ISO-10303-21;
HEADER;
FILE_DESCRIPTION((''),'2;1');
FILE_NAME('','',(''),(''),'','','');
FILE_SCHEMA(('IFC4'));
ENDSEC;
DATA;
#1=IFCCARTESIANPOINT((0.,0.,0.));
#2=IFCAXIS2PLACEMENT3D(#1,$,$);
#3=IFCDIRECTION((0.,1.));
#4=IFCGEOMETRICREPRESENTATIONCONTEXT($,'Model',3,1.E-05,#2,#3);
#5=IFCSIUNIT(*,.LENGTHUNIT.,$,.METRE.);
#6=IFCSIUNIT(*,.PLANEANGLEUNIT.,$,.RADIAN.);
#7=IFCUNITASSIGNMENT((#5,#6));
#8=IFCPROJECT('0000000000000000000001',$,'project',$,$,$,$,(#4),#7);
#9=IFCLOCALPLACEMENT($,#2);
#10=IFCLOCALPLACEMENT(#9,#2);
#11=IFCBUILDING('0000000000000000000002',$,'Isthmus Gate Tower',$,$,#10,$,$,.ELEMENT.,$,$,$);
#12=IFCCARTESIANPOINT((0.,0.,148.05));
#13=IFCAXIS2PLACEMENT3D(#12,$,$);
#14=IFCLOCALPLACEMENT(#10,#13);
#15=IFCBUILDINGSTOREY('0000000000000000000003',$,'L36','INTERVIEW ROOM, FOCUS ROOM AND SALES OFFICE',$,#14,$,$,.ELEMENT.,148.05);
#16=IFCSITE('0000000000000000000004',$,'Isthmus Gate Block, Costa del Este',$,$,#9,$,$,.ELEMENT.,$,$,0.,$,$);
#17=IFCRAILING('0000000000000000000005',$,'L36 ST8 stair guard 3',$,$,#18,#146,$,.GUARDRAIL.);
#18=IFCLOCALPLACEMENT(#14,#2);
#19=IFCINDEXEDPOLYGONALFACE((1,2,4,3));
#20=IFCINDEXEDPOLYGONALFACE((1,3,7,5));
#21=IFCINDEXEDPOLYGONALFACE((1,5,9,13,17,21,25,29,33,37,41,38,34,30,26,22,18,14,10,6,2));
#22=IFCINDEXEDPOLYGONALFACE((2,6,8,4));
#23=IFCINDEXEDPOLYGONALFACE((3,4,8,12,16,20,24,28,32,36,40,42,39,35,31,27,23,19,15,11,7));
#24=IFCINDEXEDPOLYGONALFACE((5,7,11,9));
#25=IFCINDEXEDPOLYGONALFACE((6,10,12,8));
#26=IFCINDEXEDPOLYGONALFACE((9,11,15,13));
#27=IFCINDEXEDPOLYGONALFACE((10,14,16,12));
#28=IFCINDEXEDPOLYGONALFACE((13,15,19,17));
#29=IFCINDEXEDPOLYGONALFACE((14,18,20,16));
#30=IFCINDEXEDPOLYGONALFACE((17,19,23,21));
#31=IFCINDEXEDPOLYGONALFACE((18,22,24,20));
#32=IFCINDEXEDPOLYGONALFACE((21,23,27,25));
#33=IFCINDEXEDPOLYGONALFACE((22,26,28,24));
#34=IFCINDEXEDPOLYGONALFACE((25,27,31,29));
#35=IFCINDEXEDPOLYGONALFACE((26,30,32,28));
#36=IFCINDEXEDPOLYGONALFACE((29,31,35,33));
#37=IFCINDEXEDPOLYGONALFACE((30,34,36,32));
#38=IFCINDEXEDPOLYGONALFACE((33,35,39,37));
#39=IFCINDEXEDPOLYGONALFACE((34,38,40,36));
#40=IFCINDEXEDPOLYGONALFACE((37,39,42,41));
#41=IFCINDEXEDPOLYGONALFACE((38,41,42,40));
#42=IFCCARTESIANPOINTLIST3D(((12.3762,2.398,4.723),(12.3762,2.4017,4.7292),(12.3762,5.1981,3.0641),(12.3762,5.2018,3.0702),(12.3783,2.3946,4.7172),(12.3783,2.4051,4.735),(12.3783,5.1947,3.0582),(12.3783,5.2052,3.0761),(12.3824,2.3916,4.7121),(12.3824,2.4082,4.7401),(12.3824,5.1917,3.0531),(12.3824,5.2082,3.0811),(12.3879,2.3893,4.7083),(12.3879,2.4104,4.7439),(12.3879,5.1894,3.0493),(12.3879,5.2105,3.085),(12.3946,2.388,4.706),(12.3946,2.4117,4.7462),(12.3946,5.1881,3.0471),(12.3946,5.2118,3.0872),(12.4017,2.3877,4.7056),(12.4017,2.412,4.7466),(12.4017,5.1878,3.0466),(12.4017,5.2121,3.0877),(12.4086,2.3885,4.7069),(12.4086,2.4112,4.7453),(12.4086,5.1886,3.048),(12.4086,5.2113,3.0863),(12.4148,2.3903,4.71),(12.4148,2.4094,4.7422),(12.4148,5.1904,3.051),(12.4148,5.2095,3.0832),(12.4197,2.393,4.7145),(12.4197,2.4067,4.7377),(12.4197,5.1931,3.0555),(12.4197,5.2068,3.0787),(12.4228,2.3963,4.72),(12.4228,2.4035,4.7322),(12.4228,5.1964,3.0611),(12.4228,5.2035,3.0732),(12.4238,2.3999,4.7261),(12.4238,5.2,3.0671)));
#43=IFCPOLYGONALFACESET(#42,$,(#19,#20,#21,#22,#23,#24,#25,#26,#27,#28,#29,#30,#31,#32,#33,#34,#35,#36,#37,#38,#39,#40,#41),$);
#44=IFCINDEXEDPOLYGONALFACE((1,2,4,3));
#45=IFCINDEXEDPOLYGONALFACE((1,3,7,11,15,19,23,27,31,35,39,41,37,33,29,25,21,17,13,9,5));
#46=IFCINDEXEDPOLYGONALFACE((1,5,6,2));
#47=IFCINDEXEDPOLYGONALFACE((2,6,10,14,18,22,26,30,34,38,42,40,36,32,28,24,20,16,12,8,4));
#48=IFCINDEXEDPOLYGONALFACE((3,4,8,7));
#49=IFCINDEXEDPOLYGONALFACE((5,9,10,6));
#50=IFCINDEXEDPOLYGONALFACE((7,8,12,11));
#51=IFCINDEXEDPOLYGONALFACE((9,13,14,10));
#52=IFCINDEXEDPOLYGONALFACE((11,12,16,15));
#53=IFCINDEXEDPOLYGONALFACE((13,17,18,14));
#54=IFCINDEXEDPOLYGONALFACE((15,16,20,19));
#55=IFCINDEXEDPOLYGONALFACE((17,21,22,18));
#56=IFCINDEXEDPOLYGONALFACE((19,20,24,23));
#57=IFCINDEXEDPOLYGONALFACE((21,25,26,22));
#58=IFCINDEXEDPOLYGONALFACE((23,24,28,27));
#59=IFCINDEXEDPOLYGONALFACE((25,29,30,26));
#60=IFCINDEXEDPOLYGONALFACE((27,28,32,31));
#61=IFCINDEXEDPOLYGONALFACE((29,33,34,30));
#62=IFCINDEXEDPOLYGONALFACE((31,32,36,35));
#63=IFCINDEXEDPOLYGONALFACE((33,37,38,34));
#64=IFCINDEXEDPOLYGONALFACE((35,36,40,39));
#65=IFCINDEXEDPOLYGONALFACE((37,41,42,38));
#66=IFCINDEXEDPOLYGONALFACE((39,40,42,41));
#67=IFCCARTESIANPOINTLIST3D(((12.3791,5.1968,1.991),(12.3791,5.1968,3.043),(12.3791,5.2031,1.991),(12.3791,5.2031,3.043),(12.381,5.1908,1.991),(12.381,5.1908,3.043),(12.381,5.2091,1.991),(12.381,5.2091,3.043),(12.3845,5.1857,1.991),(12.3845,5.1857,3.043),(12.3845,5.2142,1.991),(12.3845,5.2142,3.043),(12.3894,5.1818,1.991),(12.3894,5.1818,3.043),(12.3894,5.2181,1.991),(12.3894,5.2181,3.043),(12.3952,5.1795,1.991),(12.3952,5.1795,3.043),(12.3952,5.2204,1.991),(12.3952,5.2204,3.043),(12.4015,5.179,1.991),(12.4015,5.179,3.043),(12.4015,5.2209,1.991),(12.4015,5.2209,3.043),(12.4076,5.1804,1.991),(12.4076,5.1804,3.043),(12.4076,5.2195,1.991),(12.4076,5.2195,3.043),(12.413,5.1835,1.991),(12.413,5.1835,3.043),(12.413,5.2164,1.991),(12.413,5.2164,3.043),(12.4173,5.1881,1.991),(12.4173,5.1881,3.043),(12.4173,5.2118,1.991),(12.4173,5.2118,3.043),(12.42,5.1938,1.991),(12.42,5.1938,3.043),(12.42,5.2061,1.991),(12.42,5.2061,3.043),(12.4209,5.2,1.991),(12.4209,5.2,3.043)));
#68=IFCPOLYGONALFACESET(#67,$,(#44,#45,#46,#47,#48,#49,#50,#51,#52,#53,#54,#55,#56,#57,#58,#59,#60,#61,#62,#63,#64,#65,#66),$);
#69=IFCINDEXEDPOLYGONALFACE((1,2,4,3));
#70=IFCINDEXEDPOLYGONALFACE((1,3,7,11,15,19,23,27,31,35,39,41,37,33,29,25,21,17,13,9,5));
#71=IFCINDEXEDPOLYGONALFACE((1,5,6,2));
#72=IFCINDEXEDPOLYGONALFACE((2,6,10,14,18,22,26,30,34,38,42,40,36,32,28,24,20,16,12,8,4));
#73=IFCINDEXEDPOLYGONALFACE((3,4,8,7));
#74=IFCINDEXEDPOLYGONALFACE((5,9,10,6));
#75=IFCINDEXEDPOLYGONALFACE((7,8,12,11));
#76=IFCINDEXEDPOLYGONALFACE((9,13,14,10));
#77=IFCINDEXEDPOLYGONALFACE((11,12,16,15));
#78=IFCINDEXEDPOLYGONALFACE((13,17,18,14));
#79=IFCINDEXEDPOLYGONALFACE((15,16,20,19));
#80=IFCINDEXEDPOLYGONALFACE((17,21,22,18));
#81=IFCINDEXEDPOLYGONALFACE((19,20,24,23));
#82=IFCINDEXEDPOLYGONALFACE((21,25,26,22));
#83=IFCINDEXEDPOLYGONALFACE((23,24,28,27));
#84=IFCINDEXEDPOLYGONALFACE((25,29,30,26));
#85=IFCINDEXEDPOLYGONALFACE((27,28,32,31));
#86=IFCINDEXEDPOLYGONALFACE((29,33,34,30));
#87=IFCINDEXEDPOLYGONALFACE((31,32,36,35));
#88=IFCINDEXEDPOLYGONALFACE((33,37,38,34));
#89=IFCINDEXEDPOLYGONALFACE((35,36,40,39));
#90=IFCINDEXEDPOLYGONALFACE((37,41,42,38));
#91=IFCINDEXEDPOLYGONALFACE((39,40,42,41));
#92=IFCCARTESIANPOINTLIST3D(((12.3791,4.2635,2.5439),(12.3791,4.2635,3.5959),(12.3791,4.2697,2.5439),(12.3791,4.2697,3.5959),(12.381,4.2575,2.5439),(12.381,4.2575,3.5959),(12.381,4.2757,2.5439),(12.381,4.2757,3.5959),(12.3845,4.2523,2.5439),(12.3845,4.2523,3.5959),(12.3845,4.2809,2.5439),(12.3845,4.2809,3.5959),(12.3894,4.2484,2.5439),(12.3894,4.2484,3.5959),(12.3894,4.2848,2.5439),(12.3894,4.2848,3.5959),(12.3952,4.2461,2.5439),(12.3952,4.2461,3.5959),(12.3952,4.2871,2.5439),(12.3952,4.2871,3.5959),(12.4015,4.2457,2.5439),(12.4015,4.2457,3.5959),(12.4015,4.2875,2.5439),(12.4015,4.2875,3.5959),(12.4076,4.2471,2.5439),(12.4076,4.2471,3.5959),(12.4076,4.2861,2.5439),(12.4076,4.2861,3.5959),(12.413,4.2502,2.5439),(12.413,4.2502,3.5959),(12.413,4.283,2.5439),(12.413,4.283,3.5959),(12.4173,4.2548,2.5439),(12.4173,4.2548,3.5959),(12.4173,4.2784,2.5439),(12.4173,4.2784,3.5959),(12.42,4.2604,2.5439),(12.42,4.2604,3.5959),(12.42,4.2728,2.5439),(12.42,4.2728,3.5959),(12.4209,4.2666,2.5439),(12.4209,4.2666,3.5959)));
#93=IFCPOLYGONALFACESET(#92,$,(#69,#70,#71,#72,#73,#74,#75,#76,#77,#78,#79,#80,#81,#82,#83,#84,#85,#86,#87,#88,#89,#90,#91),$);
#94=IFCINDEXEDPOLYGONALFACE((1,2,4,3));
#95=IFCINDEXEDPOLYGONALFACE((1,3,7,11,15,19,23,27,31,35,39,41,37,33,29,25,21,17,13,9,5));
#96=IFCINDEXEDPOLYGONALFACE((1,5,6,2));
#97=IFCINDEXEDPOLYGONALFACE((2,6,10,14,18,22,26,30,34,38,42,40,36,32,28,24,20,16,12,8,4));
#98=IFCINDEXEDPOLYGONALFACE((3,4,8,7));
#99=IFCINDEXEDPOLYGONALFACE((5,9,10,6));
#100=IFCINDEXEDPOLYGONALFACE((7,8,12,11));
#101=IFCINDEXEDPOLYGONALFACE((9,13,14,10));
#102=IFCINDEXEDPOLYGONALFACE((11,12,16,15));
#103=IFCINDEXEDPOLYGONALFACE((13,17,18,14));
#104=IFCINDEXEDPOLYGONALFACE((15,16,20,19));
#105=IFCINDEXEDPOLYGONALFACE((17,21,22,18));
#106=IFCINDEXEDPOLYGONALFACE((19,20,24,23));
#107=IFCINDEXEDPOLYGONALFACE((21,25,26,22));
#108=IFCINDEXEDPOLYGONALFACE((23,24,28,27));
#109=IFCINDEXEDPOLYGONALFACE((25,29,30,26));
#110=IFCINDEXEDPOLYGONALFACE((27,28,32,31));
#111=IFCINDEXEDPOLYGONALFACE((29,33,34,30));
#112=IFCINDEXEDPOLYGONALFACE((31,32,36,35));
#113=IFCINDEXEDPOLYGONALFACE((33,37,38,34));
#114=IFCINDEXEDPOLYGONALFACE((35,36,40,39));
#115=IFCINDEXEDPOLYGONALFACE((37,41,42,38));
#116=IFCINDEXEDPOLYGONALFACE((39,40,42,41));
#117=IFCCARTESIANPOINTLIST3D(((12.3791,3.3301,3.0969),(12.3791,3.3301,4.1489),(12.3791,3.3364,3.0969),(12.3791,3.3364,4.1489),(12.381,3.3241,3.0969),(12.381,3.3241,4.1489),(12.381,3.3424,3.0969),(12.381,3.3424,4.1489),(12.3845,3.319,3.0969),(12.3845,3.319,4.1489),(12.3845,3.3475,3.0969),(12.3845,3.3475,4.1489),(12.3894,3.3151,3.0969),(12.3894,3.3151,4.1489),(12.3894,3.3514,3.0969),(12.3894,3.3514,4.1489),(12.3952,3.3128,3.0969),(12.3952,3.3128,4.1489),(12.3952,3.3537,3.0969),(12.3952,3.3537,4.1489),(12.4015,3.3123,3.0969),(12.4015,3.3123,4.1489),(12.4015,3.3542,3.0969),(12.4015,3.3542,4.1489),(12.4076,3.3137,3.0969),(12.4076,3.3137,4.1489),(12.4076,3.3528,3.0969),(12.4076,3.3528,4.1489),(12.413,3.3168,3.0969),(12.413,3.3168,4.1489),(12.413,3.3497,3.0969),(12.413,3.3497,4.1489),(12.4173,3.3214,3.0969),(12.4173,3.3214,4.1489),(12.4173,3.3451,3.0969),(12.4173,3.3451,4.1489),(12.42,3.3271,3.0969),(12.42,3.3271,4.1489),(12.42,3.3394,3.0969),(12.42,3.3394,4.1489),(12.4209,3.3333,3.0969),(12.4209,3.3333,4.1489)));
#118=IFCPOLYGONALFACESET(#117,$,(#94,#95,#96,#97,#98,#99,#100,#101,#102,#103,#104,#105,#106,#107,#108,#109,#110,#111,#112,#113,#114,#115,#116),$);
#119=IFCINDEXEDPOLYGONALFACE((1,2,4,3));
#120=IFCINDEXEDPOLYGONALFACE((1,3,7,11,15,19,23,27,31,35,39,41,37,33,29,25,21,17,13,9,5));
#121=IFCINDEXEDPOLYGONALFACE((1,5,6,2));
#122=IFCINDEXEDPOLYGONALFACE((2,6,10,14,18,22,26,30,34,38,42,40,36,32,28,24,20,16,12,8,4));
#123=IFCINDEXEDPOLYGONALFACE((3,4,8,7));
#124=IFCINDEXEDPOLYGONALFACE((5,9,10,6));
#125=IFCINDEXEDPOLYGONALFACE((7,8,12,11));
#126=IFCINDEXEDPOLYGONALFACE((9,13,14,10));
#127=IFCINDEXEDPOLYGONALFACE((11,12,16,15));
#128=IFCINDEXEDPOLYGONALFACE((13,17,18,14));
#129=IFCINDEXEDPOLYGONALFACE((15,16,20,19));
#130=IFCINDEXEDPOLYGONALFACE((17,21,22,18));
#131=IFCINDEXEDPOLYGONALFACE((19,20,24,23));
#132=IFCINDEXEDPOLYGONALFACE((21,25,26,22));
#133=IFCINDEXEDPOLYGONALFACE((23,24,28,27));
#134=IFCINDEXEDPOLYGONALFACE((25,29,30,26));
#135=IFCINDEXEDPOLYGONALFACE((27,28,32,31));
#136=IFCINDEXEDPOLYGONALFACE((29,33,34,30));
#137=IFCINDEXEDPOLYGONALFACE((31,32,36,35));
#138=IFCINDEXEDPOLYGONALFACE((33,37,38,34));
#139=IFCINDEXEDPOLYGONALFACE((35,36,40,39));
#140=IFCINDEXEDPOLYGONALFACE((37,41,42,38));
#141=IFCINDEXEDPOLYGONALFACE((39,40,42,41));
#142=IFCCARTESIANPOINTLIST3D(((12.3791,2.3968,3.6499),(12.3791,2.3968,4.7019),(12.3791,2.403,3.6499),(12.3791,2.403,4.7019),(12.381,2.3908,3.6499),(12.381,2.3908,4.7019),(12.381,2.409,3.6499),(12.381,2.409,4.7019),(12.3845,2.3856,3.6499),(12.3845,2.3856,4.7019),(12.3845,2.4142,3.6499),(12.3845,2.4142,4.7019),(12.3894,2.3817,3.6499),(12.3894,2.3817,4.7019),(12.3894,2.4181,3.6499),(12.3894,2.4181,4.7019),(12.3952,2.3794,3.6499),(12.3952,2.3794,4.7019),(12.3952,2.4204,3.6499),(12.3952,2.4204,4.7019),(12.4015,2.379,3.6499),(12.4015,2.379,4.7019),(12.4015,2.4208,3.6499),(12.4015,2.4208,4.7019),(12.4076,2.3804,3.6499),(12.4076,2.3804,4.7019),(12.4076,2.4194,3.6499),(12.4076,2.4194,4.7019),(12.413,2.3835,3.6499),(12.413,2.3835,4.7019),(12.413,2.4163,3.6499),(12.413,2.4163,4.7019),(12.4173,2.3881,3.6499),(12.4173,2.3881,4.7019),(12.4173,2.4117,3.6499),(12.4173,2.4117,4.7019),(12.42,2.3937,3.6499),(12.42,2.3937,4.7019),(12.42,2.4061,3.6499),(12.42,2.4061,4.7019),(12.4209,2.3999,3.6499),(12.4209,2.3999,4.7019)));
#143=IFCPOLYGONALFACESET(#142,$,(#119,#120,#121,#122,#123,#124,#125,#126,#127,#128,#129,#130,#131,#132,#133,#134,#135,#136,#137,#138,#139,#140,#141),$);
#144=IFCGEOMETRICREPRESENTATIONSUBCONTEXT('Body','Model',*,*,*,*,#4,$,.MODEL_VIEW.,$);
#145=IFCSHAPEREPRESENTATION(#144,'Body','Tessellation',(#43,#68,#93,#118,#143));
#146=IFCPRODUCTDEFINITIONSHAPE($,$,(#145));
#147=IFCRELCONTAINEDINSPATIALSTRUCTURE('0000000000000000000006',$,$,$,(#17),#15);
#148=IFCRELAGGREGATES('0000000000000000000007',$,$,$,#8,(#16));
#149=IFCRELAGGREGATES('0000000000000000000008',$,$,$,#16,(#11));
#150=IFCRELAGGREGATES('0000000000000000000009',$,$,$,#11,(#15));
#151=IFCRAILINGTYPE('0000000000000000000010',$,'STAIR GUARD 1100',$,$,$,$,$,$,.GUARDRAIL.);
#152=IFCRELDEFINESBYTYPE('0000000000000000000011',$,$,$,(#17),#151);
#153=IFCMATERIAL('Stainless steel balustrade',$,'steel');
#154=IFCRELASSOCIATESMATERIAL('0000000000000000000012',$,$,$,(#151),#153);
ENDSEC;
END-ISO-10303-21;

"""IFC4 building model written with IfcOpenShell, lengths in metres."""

from ifc_helpers import new_model, si_unit, direction, frame, origin, origin_2d, place, context, subcontext, project, spatial, circle, extrude, material, type_object, element, save


model = new_model("IFC4")

# Units and contexts
model_context = context("Model", 3, precision=1e-05, world=origin(), true_north=direction((0.0, 1.0)))
body_context = subcontext(model_context, "Body", "Model", "MODEL_VIEW")
ifc_project = project(units=[si_unit("LENGTHUNIT", "METRE"), si_unit("PLANEANGLEUNIT", "RADIAN")], contexts=[model_context])

# Site, building, storey
site_placement = place(None, origin())
site = spatial("IfcSite", under=ifc_project, at=site_placement, Name="Isthmus Gate Block, Costa del Este", CompositionType="ELEMENT", RefElevation=0.0)
building_placement = place(site_placement, origin())
building = spatial("IfcBuilding", under=site, at=building_placement, Name="Isthmus Gate Tower", CompositionType="ELEMENT")
storey_placement = place(building_placement, frame((0.0, 0.0, 148.05)))
storey = spatial("IfcBuildingStorey", under=building, at=storey_placement, Name="L36", Description="INTERVIEW ROOM, FOCUS ROOM AND SALES OFFICE", CompositionType="ELEMENT", Elevation=148.05)

# Railing
ifc_material_1 = material(Name="Stainless steel balustrade", Category="steel")
railing_type_1 = type_object("IfcRailingType", Name="STAIR GUARD 1100", PredefinedType="GUARDRAIL", material=ifc_material_1)
railing_1_placement = place(storey_placement, frame((12.3999, 5.2, 1.991)))
element("IfcRailing", 1, at=railing_1_placement, inside=storey, type_object=railing_type_1, Name="L36 ST8 stair guard 3", PredefinedType="GUARDRAIL", context=body_context, shape_type="SweptSolid", body=[
    extrude(circle(Radius=0.0239, at=origin_2d()), frame((0.0, 0.0, 1.0762), z_axis=(0.0, -0.860339, 0.509722), x_axis=(1.0, 0.0, 0.0)), (0.0, 0.0, 1.0), 3.2546),
    extrude(circle(Radius=0.021, at=origin_2d()), origin(), (0.0, 0.0, 1.0), 1.052),
    extrude(circle(Radius=0.021, at=origin_2d()), frame((0.0, -0.9333, 0.553)), (0.0, 0.0, 1.0), 1.052),
    extrude(circle(Radius=0.021, at=origin_2d()), frame((0.0, -1.8667, 1.106)), (0.0, 0.0, 1.0), 1.052),
    extrude(circle(Radius=0.021, at=origin_2d()), frame((0.0, -2.8, 1.6589)), (0.0, 0.0, 1.0), 1.052),
])

save(model, "model.ifc")
